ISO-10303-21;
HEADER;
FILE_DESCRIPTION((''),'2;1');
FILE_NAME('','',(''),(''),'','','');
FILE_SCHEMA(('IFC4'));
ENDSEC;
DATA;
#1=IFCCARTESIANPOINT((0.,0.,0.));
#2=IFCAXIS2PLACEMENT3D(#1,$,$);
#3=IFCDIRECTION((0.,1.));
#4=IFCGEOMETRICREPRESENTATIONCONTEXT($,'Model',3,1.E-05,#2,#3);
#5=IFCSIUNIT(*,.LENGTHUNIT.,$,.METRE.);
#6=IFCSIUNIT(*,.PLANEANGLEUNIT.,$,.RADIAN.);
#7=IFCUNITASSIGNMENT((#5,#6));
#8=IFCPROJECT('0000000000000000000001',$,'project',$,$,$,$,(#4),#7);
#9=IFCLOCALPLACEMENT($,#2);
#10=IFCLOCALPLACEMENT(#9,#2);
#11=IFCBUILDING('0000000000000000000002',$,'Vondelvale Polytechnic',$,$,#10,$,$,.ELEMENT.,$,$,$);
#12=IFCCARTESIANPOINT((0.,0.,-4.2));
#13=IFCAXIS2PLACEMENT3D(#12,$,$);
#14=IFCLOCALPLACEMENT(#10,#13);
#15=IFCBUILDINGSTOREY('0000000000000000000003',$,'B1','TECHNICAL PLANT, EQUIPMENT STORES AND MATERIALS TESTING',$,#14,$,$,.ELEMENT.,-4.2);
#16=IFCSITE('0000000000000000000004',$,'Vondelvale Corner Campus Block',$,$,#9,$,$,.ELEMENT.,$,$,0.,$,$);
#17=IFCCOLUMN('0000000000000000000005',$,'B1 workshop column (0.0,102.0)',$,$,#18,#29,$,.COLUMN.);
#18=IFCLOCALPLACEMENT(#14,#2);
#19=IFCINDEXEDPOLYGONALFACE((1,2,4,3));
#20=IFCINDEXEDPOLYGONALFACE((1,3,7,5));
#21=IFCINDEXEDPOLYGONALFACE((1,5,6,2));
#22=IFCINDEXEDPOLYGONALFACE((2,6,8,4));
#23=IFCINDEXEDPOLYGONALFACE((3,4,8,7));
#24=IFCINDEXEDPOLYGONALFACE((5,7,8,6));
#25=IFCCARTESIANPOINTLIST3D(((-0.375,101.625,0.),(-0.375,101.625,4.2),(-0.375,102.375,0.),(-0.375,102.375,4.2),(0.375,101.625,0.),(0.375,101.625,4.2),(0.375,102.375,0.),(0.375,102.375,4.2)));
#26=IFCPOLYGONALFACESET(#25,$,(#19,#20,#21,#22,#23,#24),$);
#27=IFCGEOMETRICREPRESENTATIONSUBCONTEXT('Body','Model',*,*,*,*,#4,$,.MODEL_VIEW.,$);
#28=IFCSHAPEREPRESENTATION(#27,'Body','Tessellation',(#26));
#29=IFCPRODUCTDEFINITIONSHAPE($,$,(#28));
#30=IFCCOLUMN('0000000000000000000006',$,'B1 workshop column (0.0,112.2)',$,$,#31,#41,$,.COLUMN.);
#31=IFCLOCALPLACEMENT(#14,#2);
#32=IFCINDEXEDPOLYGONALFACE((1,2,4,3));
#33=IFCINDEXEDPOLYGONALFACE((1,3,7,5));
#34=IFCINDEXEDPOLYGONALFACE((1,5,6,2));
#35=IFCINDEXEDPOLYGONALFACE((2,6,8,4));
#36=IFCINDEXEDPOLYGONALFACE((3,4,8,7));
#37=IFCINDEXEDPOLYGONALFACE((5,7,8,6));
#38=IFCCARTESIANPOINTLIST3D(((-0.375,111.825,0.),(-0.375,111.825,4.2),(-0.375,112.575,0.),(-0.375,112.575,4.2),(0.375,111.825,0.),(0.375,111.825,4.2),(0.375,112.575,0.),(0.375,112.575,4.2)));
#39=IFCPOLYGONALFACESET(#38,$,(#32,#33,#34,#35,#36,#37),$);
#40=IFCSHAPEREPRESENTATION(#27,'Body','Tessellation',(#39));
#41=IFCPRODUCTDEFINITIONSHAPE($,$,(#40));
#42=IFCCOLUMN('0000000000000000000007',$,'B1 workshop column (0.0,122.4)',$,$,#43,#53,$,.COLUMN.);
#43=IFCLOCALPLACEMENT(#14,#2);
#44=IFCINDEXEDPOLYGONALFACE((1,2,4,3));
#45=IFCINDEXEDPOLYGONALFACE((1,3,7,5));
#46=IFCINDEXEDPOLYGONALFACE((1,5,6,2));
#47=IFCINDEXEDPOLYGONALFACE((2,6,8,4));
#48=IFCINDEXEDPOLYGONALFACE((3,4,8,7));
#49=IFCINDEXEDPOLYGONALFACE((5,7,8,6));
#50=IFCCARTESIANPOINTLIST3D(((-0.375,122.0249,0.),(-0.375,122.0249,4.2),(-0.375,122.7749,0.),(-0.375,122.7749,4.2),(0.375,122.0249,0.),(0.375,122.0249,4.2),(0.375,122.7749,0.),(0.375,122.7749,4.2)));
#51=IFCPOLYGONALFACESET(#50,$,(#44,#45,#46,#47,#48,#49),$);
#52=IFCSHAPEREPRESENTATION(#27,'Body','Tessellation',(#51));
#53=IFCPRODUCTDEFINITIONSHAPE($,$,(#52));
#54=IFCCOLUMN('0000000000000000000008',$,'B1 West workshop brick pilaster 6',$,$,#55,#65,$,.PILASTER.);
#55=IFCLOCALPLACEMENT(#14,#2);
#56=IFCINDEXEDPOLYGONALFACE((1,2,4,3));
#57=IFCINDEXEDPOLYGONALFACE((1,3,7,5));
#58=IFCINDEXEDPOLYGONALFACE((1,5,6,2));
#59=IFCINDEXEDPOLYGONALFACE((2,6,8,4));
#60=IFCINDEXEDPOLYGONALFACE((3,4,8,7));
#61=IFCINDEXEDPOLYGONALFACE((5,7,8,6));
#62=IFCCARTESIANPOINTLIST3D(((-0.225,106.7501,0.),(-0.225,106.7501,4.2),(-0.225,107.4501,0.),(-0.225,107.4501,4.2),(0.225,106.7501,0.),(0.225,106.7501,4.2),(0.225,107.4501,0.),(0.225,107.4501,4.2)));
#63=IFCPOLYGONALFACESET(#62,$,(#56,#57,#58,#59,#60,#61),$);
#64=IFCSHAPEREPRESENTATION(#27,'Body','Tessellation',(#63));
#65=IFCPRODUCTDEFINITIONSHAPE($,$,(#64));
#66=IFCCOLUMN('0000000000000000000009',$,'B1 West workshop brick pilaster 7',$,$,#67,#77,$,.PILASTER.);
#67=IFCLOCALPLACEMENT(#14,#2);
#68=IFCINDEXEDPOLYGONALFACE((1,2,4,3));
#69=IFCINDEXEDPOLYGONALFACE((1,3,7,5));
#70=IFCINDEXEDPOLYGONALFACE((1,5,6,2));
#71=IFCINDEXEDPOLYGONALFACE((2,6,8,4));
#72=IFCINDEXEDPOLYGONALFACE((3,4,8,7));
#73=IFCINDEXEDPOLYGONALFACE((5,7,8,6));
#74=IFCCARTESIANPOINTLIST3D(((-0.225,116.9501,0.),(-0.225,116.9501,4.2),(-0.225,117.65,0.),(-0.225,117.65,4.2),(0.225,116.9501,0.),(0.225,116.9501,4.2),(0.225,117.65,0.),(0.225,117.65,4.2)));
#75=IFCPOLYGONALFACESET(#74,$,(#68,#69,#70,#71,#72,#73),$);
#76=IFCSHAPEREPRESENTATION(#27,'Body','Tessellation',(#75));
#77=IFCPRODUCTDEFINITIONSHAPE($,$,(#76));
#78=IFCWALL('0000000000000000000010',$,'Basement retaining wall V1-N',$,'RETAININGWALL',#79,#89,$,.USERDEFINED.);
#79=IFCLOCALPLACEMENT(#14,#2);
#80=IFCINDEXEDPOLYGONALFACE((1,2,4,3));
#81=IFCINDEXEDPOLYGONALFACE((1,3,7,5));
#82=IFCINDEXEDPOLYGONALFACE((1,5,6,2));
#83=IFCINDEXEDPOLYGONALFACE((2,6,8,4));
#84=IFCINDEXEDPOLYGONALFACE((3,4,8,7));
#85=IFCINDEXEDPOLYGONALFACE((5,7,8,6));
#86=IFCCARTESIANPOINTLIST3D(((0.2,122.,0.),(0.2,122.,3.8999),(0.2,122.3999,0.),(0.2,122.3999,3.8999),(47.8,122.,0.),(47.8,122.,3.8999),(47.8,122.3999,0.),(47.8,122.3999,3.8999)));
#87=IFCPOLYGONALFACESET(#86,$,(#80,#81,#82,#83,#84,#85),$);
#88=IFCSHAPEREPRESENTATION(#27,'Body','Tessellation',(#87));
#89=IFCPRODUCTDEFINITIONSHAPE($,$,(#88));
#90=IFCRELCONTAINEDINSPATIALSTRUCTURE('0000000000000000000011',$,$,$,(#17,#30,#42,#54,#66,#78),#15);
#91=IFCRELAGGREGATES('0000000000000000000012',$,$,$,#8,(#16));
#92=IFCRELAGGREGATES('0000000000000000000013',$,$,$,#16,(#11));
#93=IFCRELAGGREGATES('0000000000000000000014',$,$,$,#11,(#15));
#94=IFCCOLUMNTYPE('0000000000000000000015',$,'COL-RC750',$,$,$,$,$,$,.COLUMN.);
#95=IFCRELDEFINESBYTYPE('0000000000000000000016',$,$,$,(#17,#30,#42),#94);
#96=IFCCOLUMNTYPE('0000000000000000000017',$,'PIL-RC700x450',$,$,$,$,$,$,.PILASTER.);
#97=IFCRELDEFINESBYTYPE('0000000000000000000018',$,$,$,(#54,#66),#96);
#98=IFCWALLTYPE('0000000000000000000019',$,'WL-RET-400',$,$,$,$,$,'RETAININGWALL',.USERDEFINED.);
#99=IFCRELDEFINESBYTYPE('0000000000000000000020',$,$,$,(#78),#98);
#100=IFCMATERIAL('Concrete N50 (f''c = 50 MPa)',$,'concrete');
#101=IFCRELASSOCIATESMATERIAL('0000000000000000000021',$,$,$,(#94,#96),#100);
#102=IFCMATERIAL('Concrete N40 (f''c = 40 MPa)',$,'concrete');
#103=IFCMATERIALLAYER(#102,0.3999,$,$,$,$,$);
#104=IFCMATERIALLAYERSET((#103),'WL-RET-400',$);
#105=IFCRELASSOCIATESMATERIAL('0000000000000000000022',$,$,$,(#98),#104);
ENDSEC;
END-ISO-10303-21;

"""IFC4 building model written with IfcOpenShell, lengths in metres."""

from ifc_helpers import new_model, si_unit, direction, frame, frame_2d, origin, origin_2d, place, context, subcontext, project, spatial, rectangle, extrude, material, layer, layer_set, material_profile, profile_set, type_object, element, save


model = new_model("IFC4")

# Units and contexts
model_context = context("Model", 3, precision=1e-05, world=origin(), true_north=direction((0.0, 1.0)))
body_context = subcontext(model_context, "Body", "Model", "MODEL_VIEW")
ifc_project = project(units=[si_unit("LENGTHUNIT", "METRE"), si_unit("PLANEANGLEUNIT", "RADIAN")], contexts=[model_context])

# Site, building, storey
site_placement = place(None, origin())
site = spatial("IfcSite", under=ifc_project, at=site_placement, Name="Vondelvale Corner Campus Block", CompositionType="ELEMENT", RefElevation=0.0)
building_placement = place(site_placement, origin())
building = spatial("IfcBuilding", under=site, at=building_placement, Name="Vondelvale Polytechnic", CompositionType="ELEMENT")
storey_placement = place(building_placement, frame((0.0, 0.0, -4.2)))
storey = spatial("IfcBuildingStorey", under=building, at=storey_placement, Name="B1", Description="TECHNICAL PLANT, EQUIPMENT STORES AND MATERIALS TESTING", CompositionType="ELEMENT", Elevation=-4.2)

# Shared definitions
ifc_material_1 = material(Name="Concrete N40 (f'c = 40 MPa)", Category="concrete")

# Columns
ifc_material_2 = material(Name="Concrete N50 (f'c = 50 MPa)", Category="concrete")
ifc_material_profile_1 = material_profile(ifc_material_2, rectangle(XDim=0.75, YDim=0.75, at=origin_2d()), Name="RC-COL-750x750")
ifc_profile_set_1 = profile_set([ifc_material_profile_1], Name="Concrete N50 (f'c = 50 MPa)")
column_type_1 = type_object("IfcColumnType", Name="COL-RC750", PredefinedType="COLUMN", material=ifc_profile_set_1)
for number, where, z_axis, x_axis, name in (
    (1, (0.0, 102.0, 0.0), (0.0, 0.0, 1.0), (1.0, 0.0, 0.0), "B1 workshop column (0.0,102.0)"),
    (2, (0.0, 112.2, 0.0), (0.0, 0.0, 1.0), (1.0, 0.0, 0.0), "B1 workshop column (0.0,112.2)"),
    (3, (0.0, 122.3999, 0.0), (0.0, 0.0, 1.0), (1.0, 0.0, 0.0), "B1 workshop column (0.0,122.4)"),
):
    element("IfcColumn", number, at=place(storey_placement, frame(where, z_axis=z_axis, x_axis=x_axis)), inside=storey, type_object=column_type_1, Name=name, PredefinedType="COLUMN", context=body_context, shape_type="SweptSolid", body=[
        extrude(rectangle(XDim=0.75, YDim=0.75, at=origin_2d()), origin(), (0.0, 0.0, 1.0), 4.2),
    ])
ifc_material_profile_2 = material_profile(ifc_material_2, rectangle(XDim=0.45, YDim=0.7, at=origin_2d()), Name="RC-PIL-700x450")
ifc_profile_set_2 = profile_set([ifc_material_profile_2], Name="Concrete N50 (f'c = 50 MPa)")
column_type_2 = type_object("IfcColumnType", Name="PIL-RC700x450", PredefinedType="PILASTER", material=ifc_profile_set_2)
for number, where, z_axis, x_axis, name in (
    (4, (0.0, 107.1001, 0.0), (0.0, 0.0, 1.0), (1.0, 0.0, 0.0), "B1 West workshop brick pilaster 6"),
    (5, (0.0, 117.3, 0.0), (0.0, 0.0, 1.0), (1.0, 0.0, 0.0), "B1 West workshop brick pilaster 7"),
):
    element("IfcColumn", number, at=place(storey_placement, frame(where, z_axis=z_axis, x_axis=x_axis)), inside=storey, type_object=column_type_2, Name=name, PredefinedType="PILASTER", context=body_context, shape_type="SweptSolid", body=[
        extrude(rectangle(XDim=0.45, YDim=0.7, at=origin_2d()), origin(), (0.0, 0.0, 1.0), 4.2),
    ])

# Wall
ifc_layer = layer(ifc_material_1, 0.3999)
ifc_layer_set = layer_set([ifc_layer], Name="WL-RET-400")
wall_type = type_object("IfcWallType", Name="WL-RET-400", ElementType="RETAININGWALL", PredefinedType="USERDEFINED", material=ifc_layer_set)
wall_placement = place(storey_placement, frame((0.2, 122.2, 0.0), z_axis=(0.0, 0.0, 1.0), x_axis=(1.0, 0.0, 0.0)))
element("IfcWall", 6, at=wall_placement, inside=storey, type_object=wall_type, Name="Basement retaining wall V1-N", ObjectType="RETAININGWALL", PredefinedType="USERDEFINED", context=body_context, shape_type="SweptSolid", body=[
    extrude(rectangle(XDim=47.6001, YDim=0.3999, at=frame_2d((23.8, 0.0))), origin(), (0.0, 0.0, 1.0), 3.8999),
])

save(model, "model.ifc")
